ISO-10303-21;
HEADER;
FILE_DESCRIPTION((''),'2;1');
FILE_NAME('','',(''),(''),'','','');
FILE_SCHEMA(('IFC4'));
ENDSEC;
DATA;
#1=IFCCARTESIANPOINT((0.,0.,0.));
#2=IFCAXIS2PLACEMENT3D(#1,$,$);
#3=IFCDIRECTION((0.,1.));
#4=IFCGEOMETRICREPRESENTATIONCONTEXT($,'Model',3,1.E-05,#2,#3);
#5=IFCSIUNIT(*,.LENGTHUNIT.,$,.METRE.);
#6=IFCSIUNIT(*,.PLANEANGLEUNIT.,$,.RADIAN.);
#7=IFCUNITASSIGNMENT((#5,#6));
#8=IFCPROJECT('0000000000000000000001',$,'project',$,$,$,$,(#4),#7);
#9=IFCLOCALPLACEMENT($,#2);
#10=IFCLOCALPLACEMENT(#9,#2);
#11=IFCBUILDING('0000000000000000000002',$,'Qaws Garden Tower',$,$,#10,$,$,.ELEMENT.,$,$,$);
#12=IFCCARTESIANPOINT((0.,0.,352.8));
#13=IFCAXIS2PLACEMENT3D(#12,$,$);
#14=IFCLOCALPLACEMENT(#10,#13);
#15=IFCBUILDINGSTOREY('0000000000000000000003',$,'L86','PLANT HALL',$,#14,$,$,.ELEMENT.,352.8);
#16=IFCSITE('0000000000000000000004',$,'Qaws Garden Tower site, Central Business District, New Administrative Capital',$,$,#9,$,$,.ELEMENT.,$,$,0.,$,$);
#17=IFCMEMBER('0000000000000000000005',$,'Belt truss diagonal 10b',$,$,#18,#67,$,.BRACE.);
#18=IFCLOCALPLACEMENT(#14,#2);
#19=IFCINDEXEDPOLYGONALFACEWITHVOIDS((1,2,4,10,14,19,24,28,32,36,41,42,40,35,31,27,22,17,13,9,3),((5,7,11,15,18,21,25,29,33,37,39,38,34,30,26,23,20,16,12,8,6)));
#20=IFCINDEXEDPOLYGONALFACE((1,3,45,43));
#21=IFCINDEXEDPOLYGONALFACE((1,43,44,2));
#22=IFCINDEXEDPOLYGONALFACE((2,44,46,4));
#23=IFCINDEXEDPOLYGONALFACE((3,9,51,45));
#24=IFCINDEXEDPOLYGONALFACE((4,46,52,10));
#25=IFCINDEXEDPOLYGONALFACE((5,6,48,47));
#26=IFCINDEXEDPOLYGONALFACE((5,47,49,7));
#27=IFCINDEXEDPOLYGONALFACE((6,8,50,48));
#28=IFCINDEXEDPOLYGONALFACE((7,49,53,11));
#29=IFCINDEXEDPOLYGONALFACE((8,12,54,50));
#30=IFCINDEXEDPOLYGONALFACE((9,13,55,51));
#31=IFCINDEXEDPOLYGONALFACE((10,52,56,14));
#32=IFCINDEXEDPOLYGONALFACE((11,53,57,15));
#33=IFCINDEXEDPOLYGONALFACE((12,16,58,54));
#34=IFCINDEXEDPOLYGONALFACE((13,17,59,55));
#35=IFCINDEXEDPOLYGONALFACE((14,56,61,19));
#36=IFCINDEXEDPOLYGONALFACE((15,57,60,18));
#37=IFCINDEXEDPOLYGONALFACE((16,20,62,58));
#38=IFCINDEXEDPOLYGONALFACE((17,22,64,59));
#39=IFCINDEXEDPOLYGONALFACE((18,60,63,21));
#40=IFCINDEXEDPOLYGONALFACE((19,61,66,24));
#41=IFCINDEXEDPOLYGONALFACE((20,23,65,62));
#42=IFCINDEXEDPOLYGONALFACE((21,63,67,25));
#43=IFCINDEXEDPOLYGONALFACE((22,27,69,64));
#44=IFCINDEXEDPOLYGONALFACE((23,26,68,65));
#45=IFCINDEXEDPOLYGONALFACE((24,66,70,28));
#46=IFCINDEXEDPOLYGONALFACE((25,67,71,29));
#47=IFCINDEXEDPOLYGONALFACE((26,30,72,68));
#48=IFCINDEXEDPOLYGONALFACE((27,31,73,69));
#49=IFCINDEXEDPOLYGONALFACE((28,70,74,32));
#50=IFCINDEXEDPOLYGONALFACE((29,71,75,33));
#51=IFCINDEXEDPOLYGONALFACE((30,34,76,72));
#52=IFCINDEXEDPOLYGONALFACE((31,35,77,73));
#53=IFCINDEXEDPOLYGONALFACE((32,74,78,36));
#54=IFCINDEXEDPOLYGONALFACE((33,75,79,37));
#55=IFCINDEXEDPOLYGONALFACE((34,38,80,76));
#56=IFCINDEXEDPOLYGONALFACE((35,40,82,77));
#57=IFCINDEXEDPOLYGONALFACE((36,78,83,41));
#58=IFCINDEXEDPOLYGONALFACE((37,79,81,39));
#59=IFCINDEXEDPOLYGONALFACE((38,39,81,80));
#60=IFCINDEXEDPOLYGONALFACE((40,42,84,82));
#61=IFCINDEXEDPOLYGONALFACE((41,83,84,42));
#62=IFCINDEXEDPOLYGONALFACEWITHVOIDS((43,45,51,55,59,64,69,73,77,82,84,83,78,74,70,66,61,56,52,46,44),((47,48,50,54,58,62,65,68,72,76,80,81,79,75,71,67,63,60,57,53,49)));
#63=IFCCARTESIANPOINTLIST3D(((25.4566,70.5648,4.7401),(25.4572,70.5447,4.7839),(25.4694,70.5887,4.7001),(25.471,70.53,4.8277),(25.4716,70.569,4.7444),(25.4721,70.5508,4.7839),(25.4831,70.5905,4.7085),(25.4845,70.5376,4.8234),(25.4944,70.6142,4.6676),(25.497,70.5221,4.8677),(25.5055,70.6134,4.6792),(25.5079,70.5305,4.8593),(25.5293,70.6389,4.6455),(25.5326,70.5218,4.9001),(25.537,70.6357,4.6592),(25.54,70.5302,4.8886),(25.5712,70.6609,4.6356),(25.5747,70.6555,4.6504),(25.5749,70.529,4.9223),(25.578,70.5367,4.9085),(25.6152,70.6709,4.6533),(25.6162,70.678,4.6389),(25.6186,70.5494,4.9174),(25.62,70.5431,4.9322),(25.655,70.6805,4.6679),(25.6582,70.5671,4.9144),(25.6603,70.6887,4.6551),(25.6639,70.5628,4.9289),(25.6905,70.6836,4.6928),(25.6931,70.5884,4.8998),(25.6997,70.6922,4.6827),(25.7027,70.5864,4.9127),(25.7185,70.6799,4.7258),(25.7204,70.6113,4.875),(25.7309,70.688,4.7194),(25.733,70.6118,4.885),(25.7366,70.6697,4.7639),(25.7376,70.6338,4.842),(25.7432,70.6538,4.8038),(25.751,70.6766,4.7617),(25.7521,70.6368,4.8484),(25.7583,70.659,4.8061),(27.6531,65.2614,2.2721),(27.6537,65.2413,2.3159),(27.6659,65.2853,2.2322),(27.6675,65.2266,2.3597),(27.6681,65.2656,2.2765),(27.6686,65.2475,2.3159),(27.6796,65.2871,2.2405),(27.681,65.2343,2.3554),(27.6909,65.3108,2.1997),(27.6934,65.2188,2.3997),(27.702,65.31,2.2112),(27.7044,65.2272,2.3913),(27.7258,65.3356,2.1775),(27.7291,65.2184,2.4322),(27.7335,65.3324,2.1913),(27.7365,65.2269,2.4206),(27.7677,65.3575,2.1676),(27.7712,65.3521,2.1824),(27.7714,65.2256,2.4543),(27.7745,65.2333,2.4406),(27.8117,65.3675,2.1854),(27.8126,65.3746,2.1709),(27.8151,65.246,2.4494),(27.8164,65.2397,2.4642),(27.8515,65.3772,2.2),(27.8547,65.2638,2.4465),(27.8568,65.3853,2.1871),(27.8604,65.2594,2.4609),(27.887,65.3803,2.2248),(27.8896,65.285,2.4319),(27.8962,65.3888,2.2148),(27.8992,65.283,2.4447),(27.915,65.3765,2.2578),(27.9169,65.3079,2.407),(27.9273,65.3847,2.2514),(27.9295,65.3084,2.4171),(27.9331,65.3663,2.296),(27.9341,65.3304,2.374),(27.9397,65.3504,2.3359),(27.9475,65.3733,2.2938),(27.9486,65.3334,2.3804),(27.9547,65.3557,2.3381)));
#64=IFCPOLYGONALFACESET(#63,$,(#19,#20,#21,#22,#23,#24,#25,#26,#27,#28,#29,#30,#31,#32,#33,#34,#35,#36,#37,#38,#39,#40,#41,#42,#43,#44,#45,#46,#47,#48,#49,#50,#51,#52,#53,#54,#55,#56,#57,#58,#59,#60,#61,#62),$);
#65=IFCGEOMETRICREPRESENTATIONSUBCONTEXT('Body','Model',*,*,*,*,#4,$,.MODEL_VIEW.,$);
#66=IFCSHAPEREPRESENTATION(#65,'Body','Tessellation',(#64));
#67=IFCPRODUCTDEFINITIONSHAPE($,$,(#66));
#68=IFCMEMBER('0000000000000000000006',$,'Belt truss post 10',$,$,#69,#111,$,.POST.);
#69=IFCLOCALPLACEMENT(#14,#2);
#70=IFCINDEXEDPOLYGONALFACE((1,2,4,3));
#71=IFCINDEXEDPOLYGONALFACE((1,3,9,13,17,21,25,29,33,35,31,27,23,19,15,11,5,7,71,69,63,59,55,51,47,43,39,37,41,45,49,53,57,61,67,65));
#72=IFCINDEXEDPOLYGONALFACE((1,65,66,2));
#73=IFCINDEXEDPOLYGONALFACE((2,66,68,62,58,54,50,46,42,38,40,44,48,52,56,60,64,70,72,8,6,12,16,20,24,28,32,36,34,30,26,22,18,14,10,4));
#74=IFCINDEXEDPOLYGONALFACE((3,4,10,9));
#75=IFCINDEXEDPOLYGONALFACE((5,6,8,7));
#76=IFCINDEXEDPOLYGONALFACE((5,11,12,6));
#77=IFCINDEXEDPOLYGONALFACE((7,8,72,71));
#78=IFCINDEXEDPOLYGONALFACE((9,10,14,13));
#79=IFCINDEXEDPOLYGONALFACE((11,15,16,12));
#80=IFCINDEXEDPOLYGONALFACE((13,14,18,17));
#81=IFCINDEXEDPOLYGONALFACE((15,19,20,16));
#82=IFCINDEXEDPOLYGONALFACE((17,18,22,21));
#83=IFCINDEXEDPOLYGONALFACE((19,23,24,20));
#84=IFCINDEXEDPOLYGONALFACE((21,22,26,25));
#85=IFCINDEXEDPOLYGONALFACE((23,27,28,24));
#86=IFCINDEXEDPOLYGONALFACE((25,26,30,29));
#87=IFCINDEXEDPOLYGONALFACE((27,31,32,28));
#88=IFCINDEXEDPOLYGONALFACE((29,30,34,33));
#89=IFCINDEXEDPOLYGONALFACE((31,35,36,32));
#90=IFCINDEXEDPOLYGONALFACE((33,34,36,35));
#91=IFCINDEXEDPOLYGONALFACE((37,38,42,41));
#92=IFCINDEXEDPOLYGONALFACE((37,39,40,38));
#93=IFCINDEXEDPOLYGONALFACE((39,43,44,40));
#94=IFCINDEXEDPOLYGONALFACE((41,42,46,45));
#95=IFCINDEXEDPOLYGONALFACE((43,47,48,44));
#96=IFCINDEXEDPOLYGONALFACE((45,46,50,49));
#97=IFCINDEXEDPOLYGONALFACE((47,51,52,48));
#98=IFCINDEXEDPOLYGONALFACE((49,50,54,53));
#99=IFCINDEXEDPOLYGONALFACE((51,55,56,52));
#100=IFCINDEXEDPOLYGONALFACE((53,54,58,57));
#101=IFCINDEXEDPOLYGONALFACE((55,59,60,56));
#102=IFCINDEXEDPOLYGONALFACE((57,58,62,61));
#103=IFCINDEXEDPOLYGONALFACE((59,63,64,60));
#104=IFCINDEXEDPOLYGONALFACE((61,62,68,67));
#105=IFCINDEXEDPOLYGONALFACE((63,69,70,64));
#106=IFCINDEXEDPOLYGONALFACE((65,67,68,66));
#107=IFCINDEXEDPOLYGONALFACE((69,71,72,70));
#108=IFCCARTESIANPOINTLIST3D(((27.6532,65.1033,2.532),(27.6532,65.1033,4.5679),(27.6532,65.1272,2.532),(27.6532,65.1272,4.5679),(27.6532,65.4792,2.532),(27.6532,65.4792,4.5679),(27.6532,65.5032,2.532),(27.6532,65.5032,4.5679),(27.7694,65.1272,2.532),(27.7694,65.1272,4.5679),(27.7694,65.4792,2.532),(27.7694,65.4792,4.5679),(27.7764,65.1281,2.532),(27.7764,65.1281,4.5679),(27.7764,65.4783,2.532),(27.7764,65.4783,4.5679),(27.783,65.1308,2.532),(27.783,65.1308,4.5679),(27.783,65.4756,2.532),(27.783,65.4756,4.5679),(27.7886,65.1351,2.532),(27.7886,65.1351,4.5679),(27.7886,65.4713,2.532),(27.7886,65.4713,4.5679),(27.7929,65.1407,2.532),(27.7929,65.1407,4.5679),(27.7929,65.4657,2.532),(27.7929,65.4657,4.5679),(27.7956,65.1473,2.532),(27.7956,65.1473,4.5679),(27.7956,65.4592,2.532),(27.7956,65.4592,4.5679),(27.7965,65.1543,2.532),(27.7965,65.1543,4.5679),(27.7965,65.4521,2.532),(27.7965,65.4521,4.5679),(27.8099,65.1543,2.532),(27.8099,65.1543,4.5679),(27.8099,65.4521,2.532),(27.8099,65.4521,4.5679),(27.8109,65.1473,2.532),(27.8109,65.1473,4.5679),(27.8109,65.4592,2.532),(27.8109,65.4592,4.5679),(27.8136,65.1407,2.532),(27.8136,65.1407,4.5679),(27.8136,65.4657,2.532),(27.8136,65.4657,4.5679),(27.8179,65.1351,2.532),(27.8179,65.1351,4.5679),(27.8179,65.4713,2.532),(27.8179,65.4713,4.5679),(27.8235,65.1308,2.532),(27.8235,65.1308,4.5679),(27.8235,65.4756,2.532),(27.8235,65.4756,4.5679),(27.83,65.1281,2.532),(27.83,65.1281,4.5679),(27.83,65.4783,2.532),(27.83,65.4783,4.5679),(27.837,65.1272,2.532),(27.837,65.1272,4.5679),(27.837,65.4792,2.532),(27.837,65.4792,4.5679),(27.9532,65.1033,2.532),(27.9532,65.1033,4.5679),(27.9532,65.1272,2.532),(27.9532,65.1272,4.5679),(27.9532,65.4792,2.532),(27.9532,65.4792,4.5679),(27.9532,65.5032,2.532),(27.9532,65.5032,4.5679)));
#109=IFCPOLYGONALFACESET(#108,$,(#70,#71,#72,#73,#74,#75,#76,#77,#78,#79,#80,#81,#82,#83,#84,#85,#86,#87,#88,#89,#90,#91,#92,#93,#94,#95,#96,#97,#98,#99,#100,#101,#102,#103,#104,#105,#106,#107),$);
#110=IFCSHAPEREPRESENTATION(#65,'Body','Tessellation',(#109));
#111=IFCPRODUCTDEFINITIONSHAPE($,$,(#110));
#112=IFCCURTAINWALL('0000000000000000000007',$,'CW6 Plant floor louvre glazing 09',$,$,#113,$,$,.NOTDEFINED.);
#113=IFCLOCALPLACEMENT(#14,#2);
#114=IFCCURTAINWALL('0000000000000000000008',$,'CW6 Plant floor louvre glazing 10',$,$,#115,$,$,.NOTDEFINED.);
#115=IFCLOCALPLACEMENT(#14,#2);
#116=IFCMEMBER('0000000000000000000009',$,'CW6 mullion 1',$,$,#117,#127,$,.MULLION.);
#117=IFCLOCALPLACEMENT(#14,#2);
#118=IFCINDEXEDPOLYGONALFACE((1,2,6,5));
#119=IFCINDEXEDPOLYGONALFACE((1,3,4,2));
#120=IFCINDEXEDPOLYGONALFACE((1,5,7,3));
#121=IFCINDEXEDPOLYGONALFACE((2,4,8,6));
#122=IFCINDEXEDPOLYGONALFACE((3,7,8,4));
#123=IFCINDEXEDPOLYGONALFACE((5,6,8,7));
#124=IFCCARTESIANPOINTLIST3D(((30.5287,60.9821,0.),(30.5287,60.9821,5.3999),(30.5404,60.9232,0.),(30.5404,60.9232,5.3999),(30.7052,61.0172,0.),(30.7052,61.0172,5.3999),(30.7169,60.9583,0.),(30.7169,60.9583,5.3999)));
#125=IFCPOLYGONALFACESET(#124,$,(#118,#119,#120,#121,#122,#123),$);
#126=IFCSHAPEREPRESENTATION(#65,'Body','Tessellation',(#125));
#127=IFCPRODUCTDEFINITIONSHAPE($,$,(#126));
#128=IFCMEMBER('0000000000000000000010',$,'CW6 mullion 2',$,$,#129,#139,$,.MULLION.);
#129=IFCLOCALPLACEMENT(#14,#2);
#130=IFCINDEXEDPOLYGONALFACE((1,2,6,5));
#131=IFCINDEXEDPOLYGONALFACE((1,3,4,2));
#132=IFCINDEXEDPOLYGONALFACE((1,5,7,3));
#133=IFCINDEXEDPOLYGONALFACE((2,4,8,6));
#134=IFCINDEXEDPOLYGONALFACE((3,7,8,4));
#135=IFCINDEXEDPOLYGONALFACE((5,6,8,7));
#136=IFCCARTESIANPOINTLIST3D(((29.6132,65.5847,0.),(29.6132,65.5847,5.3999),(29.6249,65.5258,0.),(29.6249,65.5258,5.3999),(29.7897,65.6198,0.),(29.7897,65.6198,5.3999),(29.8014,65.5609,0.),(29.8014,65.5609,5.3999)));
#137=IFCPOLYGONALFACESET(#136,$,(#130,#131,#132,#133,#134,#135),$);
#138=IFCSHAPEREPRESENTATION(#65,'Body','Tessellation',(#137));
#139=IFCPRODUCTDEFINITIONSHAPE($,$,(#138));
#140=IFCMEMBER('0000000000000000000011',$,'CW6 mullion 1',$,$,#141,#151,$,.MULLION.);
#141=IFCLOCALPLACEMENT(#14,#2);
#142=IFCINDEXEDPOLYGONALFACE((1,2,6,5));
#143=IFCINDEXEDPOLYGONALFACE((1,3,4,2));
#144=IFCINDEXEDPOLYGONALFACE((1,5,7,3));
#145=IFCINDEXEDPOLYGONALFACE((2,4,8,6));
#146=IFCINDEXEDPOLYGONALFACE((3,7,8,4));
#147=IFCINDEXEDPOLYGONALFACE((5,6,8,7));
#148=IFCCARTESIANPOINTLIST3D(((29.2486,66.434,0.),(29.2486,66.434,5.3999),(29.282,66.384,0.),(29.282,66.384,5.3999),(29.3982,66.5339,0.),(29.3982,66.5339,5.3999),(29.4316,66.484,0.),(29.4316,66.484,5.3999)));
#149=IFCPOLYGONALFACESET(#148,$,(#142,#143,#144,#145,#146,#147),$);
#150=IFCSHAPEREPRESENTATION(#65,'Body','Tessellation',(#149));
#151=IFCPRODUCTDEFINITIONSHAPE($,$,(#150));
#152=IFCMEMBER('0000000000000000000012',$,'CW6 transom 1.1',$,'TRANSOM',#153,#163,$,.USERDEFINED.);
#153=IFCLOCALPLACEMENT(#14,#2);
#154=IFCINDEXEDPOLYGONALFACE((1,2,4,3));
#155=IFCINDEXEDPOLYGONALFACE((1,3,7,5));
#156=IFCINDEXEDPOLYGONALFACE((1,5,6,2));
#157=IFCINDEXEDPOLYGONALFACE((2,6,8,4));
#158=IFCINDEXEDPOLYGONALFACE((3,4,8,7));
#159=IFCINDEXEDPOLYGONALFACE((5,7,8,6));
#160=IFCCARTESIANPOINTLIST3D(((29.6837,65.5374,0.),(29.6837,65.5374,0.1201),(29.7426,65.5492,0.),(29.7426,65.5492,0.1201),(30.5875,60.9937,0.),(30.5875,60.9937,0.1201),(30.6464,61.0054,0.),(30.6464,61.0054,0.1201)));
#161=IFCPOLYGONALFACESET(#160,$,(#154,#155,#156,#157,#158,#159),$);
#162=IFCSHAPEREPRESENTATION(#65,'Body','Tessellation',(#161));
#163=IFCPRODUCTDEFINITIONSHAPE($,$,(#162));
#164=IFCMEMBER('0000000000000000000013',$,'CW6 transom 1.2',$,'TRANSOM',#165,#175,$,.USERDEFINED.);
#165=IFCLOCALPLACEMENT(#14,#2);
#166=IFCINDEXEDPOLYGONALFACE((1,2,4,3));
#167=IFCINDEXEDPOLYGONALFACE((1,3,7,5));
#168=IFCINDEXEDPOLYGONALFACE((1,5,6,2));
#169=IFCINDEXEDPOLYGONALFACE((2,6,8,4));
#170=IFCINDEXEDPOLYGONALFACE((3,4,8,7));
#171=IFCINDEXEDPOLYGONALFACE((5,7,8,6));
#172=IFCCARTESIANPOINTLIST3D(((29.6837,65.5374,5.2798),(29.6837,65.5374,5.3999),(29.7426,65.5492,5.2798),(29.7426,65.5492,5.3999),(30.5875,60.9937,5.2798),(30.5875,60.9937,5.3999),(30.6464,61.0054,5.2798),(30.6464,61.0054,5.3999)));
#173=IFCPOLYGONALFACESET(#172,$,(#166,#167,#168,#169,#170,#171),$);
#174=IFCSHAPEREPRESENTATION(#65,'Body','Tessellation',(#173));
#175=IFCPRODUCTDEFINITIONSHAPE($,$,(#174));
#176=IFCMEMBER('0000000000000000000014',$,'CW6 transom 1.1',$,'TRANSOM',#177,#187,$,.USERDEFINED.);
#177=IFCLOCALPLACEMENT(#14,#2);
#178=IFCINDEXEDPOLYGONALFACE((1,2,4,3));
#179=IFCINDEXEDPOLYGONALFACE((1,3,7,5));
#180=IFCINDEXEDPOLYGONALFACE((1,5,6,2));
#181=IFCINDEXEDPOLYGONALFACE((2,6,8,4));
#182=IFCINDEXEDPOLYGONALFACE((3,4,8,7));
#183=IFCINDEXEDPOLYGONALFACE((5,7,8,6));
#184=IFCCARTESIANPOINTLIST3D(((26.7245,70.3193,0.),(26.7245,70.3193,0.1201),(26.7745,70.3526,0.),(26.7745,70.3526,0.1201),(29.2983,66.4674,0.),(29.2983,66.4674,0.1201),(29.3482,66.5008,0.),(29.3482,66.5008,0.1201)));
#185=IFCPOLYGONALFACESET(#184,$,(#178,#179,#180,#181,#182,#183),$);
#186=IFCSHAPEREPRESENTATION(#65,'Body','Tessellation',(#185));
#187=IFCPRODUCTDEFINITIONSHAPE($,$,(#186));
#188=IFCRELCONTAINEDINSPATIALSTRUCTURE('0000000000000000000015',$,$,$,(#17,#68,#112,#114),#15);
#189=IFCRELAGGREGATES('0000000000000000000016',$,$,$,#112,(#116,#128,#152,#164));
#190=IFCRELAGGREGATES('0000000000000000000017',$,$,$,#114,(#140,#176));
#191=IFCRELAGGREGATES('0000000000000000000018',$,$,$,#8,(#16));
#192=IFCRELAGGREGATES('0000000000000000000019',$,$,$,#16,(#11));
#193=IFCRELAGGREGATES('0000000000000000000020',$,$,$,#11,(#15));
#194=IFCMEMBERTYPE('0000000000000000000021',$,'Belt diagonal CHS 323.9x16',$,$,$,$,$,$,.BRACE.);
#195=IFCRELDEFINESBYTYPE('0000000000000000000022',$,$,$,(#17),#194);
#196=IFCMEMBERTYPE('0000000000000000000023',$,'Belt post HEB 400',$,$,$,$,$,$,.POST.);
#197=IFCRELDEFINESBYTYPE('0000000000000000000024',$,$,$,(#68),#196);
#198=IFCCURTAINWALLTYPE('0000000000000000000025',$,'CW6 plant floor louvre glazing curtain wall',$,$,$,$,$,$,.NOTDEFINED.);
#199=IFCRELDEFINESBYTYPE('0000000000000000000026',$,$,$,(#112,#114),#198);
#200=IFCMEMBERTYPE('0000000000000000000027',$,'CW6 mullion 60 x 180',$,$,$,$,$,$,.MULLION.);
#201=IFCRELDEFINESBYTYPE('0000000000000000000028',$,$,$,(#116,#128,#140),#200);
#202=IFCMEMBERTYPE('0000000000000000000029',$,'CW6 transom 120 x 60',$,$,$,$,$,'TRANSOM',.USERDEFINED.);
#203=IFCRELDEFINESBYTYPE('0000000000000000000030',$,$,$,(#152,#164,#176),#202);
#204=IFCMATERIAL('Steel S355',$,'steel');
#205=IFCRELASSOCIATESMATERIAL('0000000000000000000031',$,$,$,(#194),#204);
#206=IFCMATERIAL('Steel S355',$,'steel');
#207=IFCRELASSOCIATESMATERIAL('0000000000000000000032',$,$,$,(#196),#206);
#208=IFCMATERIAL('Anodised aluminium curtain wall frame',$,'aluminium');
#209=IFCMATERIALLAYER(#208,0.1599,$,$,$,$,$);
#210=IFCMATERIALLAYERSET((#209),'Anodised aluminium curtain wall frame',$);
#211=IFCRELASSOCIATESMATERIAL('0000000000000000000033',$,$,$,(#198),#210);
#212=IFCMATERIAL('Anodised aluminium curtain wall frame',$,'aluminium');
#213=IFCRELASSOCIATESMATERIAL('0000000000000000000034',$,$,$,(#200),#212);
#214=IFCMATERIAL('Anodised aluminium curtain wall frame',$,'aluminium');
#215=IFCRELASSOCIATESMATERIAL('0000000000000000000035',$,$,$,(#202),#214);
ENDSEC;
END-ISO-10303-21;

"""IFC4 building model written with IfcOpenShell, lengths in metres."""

from ifc_helpers import new_model, si_unit, direction, frame, origin, origin_2d, place, context, subcontext, project, spatial, rectangle, hollow_circle, i_section, extrude, material, layer, layer_set, material_profile, profile_set, type_object, element, aggregate, save


model = new_model("IFC4")

# Units and contexts
model_context = context("Model", 3, precision=1e-05, world=origin(), true_north=direction((0.0, 1.0)))
body_context = subcontext(model_context, "Body", "Model", "MODEL_VIEW")
ifc_project = project(units=[si_unit("LENGTHUNIT", "METRE"), si_unit("PLANEANGLEUNIT", "RADIAN")], contexts=[model_context])

# Site, building, storey
site_placement = place(None, origin())
site = spatial("IfcSite", under=ifc_project, at=site_placement, Name="Qaws Garden Tower site, Central Business District, New Administrative Capital", CompositionType="ELEMENT", RefElevation=0.0)
building_placement = place(site_placement, origin())
building = spatial("IfcBuilding", under=site, at=building_placement, Name="Qaws Garden Tower", CompositionType="ELEMENT")
storey_placement = place(building_placement, frame((0.0, 0.0, 352.8)))
storey = spatial("IfcBuildingStorey", under=building, at=storey_placement, Name="L86", Description="PLANT HALL", CompositionType="ELEMENT", Elevation=352.8)

# Members
ifc_material_1 = material(Name="Steel S355", Category="steel")
ifc_material_profile_1 = material_profile(ifc_material_1, hollow_circle(Radius=0.1619, WallThickness=0.0161, at=origin_2d()), Name="CHS 323.9x16")
ifc_profile_set_1 = profile_set([ifc_material_profile_1], Name="Steel S355")
member_type_1 = type_object("IfcMemberType", Name="Belt diagonal CHS 323.9x16", PredefinedType="BRACE", material=ifc_profile_set_1)
member_1_placement = place(storey_placement, frame((27.8032, 65.3032, 2.3159), z_axis=(-0.351535, 0.848771, 0.394983), x_axis=(-0.923894, -0.382649, 0.0)))
element("IfcMember", 1, at=member_1_placement, inside=storey, type_object=member_type_1, Name="Belt truss diagonal 10b", PredefinedType="BRACE", context=body_context, shape_type="SweptSolid", body=[
    extrude(hollow_circle(Radius=0.1619, WallThickness=0.0161, at=origin_2d()), origin(), (0.0, 0.0, 1.0), 6.2483),
])
ifc_material_2 = material(Name="Steel S355", Category="steel")
ifc_material_profile_2 = material_profile(ifc_material_2, i_section(OverallWidth=0.3, OverallDepth=0.3999, WebThickness=0.0134, FlangeThickness=0.0239, FilletRadius=0.0271, at=origin_2d()), Name="HEB 400")
ifc_profile_set_2 = profile_set([ifc_material_profile_2], Name="Steel S355")
member_type_2 = type_object("IfcMemberType", Name="Belt post HEB 400", PredefinedType="POST", material=ifc_profile_set_2)
member_2_placement = place(storey_placement, frame((27.8032, 65.3032, 2.532), z_axis=(0.0, 0.0, 1.0), x_axis=(1.0, 0.0, 0.0)))
element("IfcMember", 2, at=member_2_placement, inside=storey, type_object=member_type_2, Name="Belt truss post 10", PredefinedType="POST", context=body_context, shape_type="SweptSolid", body=[
    extrude(i_section(OverallWidth=0.3, OverallDepth=0.3999, WebThickness=0.0134, FlangeThickness=0.0239, FilletRadius=0.0271, at=origin_2d()), origin(), (0.0, 0.0, 1.0), 2.0359),
])

# Curtain walls
ifc_material_3 = material(Name="Anodised aluminium curtain wall frame", Category="aluminium")
ifc_layer_1 = layer(ifc_material_3, 0.1599)
ifc_layer_set_1 = layer_set([ifc_layer_1], Name="Anodised aluminium curtain wall frame")
curtain_wall_type = type_object("IfcCurtainWallType", Name="CW6 plant floor louvre glazing curtain wall", PredefinedType="NOTDEFINED", material=ifc_layer_set_1)
placement_1 = place(storey_placement, origin())
curtain_wall_1 = element("IfcCurtainWall", 3, at=placement_1, inside=storey, type_object=curtain_wall_type, Name="CW6 Plant floor louvre glazing 09", PredefinedType="NOTDEFINED")
curtain_wall_2 = element("IfcCurtainWall", 4, at=placement_1, inside=storey, type_object=curtain_wall_type, Name="CW6 Plant floor louvre glazing 10", PredefinedType="NOTDEFINED")

# Members
ifc_material_4 = material(Name="Anodised aluminium curtain wall frame", Category="aluminium")
ifc_material_profile_3 = material_profile(ifc_material_4, rectangle(XDim=0.1799, YDim=0.0601, at=origin_2d()), Name="AL 60x180")
ifc_profile_set_3 = profile_set([ifc_material_profile_3], Name="Anodised aluminium curtain wall frame")
member_type_3 = type_object("IfcMemberType", Name="CW6 mullion 60 x 180", PredefinedType="MULLION", material=ifc_profile_set_3)
member_3_placement = place(storey_placement, frame((30.6228, 60.9702, 0.0), z_axis=(0.0, 0.0, 1.0), x_axis=(-0.980785, -0.19509, 0.0)))
member_3 = element("IfcMember", 5, at=member_3_placement, type_object=member_type_3, Name="CW6 mullion 1", PredefinedType="MULLION", context=body_context, shape_type="SweptSolid", body=[
    extrude(rectangle(XDim=0.1799, YDim=0.0601, at=origin_2d()), origin(), (0.0, 0.0, 1.0), 5.3999),
])
member_4_placement = place(storey_placement, frame((29.7073, 65.5728, 0.0), z_axis=(0.0, 0.0, 1.0), x_axis=(-0.980785, -0.19509, 0.0)))
member_4 = element("IfcMember", 6, at=member_4_placement, type_object=member_type_3, Name="CW6 mullion 2", PredefinedType="MULLION", context=body_context, shape_type="SweptSolid", body=[
    extrude(rectangle(XDim=0.1799, YDim=0.0601, at=origin_2d()), origin(), (0.0, 0.0, 1.0), 5.3999),
])
member_5_placement = place(storey_placement, frame((29.3401, 66.459, 0.0), z_axis=(0.0, 0.0, 1.0), x_axis=(-0.83147, -0.55557, 0.0)))
member_5 = element("IfcMember", 7, at=member_5_placement, type_object=member_type_3, Name="CW6 mullion 1", PredefinedType="MULLION", context=body_context, shape_type="SweptSolid", body=[
    extrude(rectangle(XDim=0.1799, YDim=0.0601, at=origin_2d()), origin(), (0.0, 0.0, 1.0), 5.3999),
])
ifc_material_5 = material(Name="Anodised aluminium curtain wall frame", Category="aluminium")
ifc_material_profile_4 = material_profile(ifc_material_5, rectangle(XDim=0.0601, YDim=0.1201, at=origin_2d()), Name="AL 60x120")
ifc_profile_set_4 = profile_set([ifc_material_profile_4], Name="Anodised aluminium curtain wall frame")
member_type_4 = type_object("IfcMemberType", Name="CW6 transom 120 x 60", ElementType="TRANSOM", PredefinedType="USERDEFINED", material=ifc_profile_set_4)
member_6_placement = place(storey_placement, frame((30.6169, 60.9995, 0.0601), z_axis=(-0.195092, 0.980785, 0.0), x_axis=(-0.980785, -0.195092, 0.0)))
member_6 = element("IfcMember", 8, at=member_6_placement, type_object=member_type_4, Name="CW6 transom 1.1", ObjectType="TRANSOM", PredefinedType="USERDEFINED", context=body_context, shape_type="SweptSolid", body=[
    extrude(rectangle(XDim=0.0601, YDim=0.1201, at=origin_2d()), origin(), (0.0, 0.0, 1.0), 4.6328),
])
member_7_placement = place(storey_placement, frame((30.6169, 60.9995, 5.3398), z_axis=(-0.195092, 0.980785, 0.0), x_axis=(-0.980785, -0.195092, 0.0)))
member_7 = element("IfcMember", 9, at=member_7_placement, type_object=member_type_4, Name="CW6 transom 1.2", ObjectType="TRANSOM", PredefinedType="USERDEFINED", context=body_context, shape_type="SweptSolid", body=[
    extrude(rectangle(XDim=0.0601, YDim=0.1201, at=origin_2d()), origin(), (0.0, 0.0, 1.0), 4.6328),
])
member_8_placement = place(storey_placement, frame((29.3232, 66.4841, 0.0601), z_axis=(-0.555576, 0.831466, 0.0), x_axis=(-0.831466, -0.555576, 0.0)))
member_8 = element("IfcMember", 10, at=member_8_placement, type_object=member_type_4, Name="CW6 transom 1.1", ObjectType="TRANSOM", PredefinedType="USERDEFINED", context=body_context, shape_type="SweptSolid", body=[
    extrude(rectangle(XDim=0.0601, YDim=0.1201, at=origin_2d()), origin(), (0.0, 0.0, 1.0), 4.6326),
])

aggregate(curtain_wall_1, [member_3, member_4, member_6, member_7])

aggregate(curtain_wall_2, [member_5, member_8])

save(model, "model.ifc")
